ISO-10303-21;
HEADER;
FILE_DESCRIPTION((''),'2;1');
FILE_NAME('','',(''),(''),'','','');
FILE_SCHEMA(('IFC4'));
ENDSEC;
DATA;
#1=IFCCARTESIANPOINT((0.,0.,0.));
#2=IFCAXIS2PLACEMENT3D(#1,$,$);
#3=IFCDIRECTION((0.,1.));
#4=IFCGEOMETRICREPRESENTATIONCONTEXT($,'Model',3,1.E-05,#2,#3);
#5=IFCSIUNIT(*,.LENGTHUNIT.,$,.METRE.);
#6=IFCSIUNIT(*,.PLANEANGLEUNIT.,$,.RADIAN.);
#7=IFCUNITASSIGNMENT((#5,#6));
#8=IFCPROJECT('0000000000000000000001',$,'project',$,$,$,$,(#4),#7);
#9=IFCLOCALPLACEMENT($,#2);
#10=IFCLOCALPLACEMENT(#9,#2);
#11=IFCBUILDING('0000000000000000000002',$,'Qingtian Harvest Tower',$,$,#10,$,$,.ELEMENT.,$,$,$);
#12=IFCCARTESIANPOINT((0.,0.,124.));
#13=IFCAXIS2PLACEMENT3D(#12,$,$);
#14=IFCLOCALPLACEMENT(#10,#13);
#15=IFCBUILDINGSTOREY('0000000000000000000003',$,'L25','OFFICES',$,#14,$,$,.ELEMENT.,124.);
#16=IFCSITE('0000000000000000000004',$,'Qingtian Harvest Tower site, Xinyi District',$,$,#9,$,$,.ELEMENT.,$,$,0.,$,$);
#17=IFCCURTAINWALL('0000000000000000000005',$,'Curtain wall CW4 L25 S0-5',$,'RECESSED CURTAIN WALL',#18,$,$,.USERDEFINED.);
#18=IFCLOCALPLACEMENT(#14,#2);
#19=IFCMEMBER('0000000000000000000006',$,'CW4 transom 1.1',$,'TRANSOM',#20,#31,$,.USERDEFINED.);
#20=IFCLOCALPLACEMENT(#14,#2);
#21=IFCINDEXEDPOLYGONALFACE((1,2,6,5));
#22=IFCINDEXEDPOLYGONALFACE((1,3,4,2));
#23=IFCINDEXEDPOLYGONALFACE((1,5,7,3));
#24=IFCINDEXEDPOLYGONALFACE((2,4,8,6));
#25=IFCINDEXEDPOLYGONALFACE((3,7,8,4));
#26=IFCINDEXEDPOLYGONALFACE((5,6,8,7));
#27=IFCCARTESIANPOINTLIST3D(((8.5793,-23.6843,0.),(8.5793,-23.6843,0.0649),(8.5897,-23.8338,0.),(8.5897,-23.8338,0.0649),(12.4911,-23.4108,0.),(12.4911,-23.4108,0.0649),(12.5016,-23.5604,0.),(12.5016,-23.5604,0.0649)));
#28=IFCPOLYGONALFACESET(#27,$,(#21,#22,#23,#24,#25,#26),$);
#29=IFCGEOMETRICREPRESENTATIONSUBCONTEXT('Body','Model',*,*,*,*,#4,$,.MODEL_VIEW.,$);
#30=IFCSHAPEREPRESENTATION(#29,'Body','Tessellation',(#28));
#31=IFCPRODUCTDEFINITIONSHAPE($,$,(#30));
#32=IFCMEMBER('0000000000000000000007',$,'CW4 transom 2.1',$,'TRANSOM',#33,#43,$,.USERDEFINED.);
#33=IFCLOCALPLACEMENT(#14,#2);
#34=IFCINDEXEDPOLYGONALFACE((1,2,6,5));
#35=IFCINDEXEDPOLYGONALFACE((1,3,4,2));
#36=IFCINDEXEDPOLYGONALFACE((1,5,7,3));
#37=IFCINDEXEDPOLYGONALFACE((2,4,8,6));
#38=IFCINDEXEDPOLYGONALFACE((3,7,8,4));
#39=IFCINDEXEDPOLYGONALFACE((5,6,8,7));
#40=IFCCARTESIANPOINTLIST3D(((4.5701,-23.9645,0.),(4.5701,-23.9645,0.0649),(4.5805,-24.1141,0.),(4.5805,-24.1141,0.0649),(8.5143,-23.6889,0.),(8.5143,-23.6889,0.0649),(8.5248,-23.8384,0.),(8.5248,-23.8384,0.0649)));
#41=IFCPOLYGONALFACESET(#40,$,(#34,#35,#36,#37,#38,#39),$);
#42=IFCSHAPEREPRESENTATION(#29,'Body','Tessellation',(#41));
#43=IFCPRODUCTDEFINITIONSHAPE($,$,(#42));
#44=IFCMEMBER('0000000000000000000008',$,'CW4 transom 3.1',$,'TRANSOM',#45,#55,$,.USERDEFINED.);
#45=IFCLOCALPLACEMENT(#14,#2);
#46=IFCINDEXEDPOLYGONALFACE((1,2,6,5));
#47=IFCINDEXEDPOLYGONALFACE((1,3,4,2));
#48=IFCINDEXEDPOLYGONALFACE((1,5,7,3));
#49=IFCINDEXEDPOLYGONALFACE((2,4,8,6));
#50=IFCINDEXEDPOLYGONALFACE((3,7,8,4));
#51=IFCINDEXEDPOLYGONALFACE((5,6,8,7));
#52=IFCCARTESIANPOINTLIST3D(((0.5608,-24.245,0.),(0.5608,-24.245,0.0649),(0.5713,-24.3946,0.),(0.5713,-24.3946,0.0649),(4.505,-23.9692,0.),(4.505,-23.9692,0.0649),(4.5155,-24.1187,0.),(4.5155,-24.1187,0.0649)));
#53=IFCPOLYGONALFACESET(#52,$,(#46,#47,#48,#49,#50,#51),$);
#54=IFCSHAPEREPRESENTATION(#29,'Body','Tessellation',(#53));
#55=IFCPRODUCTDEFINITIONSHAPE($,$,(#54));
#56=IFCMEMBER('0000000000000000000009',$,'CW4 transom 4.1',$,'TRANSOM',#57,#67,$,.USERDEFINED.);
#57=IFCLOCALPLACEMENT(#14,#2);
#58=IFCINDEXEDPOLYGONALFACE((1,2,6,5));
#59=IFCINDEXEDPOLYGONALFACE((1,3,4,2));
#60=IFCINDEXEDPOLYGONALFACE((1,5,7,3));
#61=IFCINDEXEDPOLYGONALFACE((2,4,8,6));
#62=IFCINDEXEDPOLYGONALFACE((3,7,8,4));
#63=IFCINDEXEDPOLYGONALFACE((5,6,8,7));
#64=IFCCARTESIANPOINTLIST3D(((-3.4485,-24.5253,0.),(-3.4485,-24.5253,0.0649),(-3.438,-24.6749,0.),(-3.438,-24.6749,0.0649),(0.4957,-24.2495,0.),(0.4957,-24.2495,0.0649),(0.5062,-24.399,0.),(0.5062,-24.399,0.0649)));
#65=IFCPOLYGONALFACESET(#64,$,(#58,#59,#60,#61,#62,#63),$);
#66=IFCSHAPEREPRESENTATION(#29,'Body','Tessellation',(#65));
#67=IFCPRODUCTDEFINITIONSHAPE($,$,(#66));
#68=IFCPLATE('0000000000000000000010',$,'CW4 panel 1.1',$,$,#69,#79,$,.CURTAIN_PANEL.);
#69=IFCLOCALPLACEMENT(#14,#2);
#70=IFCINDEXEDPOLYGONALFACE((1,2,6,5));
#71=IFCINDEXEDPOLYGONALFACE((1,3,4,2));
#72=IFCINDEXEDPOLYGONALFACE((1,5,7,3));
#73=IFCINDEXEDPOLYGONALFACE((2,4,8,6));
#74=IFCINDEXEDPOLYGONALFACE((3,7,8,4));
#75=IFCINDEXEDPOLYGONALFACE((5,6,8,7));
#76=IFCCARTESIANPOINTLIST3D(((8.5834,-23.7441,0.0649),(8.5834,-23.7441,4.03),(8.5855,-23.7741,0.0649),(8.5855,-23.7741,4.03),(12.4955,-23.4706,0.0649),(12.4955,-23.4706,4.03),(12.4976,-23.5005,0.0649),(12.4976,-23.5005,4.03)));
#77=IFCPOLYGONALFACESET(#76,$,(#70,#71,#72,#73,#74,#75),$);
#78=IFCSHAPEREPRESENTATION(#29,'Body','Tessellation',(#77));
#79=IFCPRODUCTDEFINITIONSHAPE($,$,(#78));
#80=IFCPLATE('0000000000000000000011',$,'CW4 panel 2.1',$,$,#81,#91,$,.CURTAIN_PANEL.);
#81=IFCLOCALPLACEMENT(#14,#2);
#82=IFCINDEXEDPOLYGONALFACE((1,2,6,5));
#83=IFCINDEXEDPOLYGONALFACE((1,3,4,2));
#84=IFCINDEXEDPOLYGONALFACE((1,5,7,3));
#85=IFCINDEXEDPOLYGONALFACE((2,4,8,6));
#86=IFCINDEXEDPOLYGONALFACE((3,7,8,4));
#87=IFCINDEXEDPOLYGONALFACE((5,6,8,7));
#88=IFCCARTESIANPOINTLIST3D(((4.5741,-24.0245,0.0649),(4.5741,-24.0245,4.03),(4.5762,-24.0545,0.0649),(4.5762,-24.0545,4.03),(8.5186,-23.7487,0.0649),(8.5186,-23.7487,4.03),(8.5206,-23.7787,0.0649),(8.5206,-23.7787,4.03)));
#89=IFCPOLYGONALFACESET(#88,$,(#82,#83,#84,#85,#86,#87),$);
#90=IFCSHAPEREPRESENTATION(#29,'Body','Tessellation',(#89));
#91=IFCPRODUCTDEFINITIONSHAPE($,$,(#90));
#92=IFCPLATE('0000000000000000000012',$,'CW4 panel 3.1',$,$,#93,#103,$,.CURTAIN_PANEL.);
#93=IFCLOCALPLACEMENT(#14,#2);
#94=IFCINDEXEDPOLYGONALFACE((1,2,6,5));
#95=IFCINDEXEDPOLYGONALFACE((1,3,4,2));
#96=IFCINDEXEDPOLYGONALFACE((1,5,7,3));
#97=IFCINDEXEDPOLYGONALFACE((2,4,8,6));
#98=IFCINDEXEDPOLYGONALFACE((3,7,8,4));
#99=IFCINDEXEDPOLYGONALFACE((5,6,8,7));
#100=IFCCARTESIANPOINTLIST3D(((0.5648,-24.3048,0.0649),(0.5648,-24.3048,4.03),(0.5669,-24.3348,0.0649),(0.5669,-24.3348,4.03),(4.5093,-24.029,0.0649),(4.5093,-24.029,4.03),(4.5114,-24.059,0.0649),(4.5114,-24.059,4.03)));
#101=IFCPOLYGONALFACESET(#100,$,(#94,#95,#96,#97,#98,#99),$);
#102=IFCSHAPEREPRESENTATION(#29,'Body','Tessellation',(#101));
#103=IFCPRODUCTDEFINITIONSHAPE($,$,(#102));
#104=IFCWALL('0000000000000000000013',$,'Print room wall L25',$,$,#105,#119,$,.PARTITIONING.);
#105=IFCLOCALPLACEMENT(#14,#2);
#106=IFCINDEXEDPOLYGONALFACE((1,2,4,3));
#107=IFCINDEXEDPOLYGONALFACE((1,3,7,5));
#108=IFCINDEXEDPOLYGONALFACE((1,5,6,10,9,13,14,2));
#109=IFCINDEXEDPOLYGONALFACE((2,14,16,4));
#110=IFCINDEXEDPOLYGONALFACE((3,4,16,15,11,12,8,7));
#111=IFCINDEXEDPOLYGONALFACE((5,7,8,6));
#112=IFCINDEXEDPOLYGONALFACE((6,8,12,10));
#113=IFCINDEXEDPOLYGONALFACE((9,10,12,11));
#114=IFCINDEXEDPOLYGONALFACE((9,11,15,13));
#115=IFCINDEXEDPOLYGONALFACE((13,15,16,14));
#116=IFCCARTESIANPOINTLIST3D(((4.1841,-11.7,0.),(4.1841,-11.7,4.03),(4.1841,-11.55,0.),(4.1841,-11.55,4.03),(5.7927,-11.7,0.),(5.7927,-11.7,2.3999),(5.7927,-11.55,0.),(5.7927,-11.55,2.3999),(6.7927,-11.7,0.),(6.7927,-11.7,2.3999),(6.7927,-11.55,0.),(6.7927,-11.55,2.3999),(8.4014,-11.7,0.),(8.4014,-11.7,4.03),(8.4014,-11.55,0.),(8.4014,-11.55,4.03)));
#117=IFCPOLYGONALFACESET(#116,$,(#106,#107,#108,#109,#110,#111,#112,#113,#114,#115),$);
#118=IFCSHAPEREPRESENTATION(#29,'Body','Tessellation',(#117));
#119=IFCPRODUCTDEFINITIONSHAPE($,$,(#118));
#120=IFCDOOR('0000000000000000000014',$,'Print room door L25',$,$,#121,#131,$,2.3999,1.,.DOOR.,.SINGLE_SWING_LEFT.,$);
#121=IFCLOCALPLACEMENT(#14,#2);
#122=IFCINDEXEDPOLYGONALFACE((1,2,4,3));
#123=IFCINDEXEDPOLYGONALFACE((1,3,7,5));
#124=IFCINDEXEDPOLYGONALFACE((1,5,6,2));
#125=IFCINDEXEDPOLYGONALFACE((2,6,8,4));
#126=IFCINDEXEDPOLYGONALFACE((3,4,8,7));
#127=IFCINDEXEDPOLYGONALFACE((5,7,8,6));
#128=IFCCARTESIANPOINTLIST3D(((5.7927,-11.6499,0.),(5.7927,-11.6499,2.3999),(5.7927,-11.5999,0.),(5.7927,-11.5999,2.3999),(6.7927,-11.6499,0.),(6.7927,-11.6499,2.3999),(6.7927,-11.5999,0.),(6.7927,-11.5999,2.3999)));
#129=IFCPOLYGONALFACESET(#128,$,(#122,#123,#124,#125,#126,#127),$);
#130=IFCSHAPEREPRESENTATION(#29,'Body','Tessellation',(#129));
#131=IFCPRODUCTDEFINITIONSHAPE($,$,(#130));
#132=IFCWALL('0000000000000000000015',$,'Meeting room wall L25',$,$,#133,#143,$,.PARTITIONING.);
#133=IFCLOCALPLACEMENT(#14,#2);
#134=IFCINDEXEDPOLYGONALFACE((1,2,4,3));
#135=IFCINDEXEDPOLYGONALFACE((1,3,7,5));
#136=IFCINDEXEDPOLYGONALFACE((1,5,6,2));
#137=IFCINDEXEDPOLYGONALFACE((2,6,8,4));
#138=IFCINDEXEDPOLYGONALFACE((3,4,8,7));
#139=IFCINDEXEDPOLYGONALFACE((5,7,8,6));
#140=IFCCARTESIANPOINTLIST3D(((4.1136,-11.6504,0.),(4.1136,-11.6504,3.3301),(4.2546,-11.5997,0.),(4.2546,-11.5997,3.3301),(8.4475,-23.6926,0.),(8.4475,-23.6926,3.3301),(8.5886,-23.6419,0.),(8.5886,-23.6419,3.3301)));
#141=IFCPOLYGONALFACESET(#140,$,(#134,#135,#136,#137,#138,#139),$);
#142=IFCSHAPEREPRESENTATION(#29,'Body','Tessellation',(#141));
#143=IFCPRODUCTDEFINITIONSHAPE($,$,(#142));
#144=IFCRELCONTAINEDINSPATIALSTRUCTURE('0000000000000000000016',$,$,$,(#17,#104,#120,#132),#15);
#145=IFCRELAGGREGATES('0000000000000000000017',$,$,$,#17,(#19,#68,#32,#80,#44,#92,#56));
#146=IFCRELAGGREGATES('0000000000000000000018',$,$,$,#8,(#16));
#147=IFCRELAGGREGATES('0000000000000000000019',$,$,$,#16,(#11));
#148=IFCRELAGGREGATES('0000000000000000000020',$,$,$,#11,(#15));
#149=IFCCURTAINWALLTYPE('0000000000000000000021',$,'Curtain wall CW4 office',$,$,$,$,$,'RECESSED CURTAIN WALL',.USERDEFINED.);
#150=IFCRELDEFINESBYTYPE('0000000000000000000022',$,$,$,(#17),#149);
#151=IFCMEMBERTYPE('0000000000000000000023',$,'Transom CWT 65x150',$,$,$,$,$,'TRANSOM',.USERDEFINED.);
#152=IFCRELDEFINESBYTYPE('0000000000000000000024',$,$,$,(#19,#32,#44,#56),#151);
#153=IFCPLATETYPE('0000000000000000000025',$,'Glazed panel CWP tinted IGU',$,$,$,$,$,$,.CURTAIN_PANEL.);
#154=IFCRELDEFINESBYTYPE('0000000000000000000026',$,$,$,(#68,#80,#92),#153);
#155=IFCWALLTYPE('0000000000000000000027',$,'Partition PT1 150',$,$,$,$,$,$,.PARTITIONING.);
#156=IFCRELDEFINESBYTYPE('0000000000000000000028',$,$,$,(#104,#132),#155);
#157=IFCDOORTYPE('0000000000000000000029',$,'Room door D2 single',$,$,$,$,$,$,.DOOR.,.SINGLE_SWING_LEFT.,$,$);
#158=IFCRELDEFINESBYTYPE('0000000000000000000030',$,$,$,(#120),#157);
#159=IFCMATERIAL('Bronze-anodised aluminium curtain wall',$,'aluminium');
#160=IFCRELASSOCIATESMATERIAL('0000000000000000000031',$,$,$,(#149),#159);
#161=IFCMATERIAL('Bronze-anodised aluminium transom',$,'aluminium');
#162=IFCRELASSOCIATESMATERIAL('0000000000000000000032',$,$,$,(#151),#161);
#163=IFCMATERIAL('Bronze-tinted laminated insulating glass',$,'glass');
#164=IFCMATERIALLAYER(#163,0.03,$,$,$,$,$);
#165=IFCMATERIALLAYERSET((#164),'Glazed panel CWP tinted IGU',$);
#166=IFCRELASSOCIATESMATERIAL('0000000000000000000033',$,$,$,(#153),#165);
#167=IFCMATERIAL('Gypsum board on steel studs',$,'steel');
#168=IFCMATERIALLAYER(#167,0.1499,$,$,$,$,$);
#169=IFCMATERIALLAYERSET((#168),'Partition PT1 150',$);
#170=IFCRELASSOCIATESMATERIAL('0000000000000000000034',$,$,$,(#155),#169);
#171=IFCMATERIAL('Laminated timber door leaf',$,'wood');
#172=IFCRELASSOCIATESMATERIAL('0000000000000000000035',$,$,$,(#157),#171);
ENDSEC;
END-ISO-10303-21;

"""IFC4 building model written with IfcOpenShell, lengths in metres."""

from ifc_helpers import new_model, si_unit, direction, frame, frame_2d, origin, origin_2d, place, context, subcontext, project, spatial, rectangle, extrude, material, layer, layer_set, material_profile, profile_set, type_object, element, fill, aggregate, save


model = new_model("IFC4")

# Units and contexts
model_context = context("Model", 3, precision=1e-05, world=origin(), true_north=direction((0.0, 1.0)))
body_context = subcontext(model_context, "Body", "Model", "MODEL_VIEW")
ifc_project = project(units=[si_unit("LENGTHUNIT", "METRE"), si_unit("PLANEANGLEUNIT", "RADIAN")], contexts=[model_context])

# Site, building, storey
site_placement = place(None, origin())
site = spatial("IfcSite", under=ifc_project, at=site_placement, Name="Qingtian Harvest Tower site, Xinyi District", CompositionType="ELEMENT", RefElevation=0.0)
building_placement = place(site_placement, origin())
building = spatial("IfcBuilding", under=site, at=building_placement, Name="Qingtian Harvest Tower", CompositionType="ELEMENT")
storey_placement = place(building_placement, frame((0.0, 0.0, 124.0)))
storey = spatial("IfcBuildingStorey", under=building, at=storey_placement, Name="L25", Description="OFFICES", CompositionType="ELEMENT", Elevation=124.0)

# Shared definitions
ifc_material_1 = material(Name="Bronze-anodised aluminium curtain wall", Category="aluminium")
curtain_wall_type = type_object("IfcCurtainWallType", Name="Curtain wall CW4 office", ElementType="RECESSED CURTAIN WALL", PredefinedType="USERDEFINED", material=ifc_material_1)

# Curtain wall
curtain_wall_1_placement = place(storey_placement, origin())
curtain_wall_1 = element("IfcCurtainWall", 1, at=curtain_wall_1_placement, inside=storey, type_object=curtain_wall_type, Name="Curtain wall CW4 L25 S0-5", ObjectType="RECESSED CURTAIN WALL", PredefinedType="USERDEFINED")

# Members
ifc_material_2 = material(Name="Bronze-anodised aluminium transom", Category="aluminium")
ifc_material_profile_1 = material_profile(ifc_material_2, rectangle(XDim=0.1499, YDim=0.0649, at=origin_2d()), Name="AL 65x150")
ifc_profile_set_1 = profile_set([ifc_material_profile_1], Name="Bronze-anodised aluminium transom")
member_type_1 = type_object("IfcMemberType", Name="Transom CWT 65x150", ElementType="TRANSOM", PredefinedType="USERDEFINED", material=ifc_profile_set_1)
member_1_placement = place(storey_placement, frame((12.4963, -23.4856, 0.0325), z_axis=(-0.997566, -0.069729, 0.0), x_axis=(0.069729, -0.997566, 0.0)))
member_1 = element("IfcMember", 2, at=member_1_placement, type_object=member_type_1, Name="CW4 transom 1.1", ObjectType="TRANSOM", PredefinedType="USERDEFINED", context=body_context, shape_type="SweptSolid", body=[
    extrude(rectangle(XDim=0.1499, YDim=0.0649, at=origin_2d()), origin(), (0.0, 0.0, 1.0), 3.9214),
])
member_2_placement = place(storey_placement, frame((8.5195, -23.7637, 0.0325), z_axis=(-0.997567, -0.069711, 0.0), x_axis=(0.069711, -0.997567, 0.0)))
member_2 = element("IfcMember", 3, at=member_2_placement, type_object=member_type_1, Name="CW4 transom 2.1", ObjectType="TRANSOM", PredefinedType="USERDEFINED", context=body_context, shape_type="SweptSolid", body=[
    extrude(rectangle(XDim=0.1499, YDim=0.0649, at=origin_2d()), origin(), (0.0, 0.0, 1.0), 3.9539),
])
member_3_placement = place(storey_placement, frame((4.5103, -24.0439, 0.0325), z_axis=(-0.997563, -0.069773, 0.0), x_axis=(0.069773, -0.997563, 0.0)))
member_3 = element("IfcMember", 4, at=member_3_placement, type_object=member_type_1, Name="CW4 transom 3.1", ObjectType="TRANSOM", PredefinedType="USERDEFINED", context=body_context, shape_type="SweptSolid", body=[
    extrude(rectangle(XDim=0.1499, YDim=0.0649, at=origin_2d()), origin(), (0.0, 0.0, 1.0), 3.9539),
])
member_4_placement = place(storey_placement, frame((0.501, -24.3242, 0.0325), z_axis=(-0.997563, -0.069773, 0.0), x_axis=(0.069773, -0.997563, 0.0)))
member_4 = element("IfcMember", 5, at=member_4_placement, type_object=member_type_1, Name="CW4 transom 4.1", ObjectType="TRANSOM", PredefinedType="USERDEFINED", context=body_context, shape_type="SweptSolid", body=[
    extrude(rectangle(XDim=0.1499, YDim=0.0649, at=origin_2d()), origin(), (0.0, 0.0, 1.0), 3.9539),
])

# Plates
ifc_material_3 = material(Name="Bronze-tinted laminated insulating glass", Category="glass")
ifc_layer_1 = layer(ifc_material_3, 0.03)
ifc_layer_set_1 = layer_set([ifc_layer_1], Name="Glazed panel CWP tinted IGU")
plate_type = type_object("IfcPlateType", Name="Glazed panel CWP tinted IGU", PredefinedType="CURTAIN_PANEL", material=ifc_layer_set_1)
plate_1_placement = place(storey_placement, frame((10.5405, -23.6223, 0.0649), z_axis=(0.0, 0.0, 1.0), x_axis=(-0.997564, -0.069756, 0.0)))
plate_1 = element("IfcPlate", 6, at=plate_1_placement, type_object=plate_type, Name="CW4 panel 1.1", PredefinedType="CURTAIN_PANEL", context=body_context, shape_type="SweptSolid", body=[
    extrude(rectangle(XDim=3.9216, YDim=0.03, at=origin_2d()), origin(), (0.0, 0.0, 1.0), 3.9651),
])
plate_2_placement = place(storey_placement, frame((6.5474, -23.9016, 0.0649), z_axis=(0.0, 0.0, 1.0), x_axis=(-0.997564, -0.069756, 0.0)))
plate_2 = element("IfcPlate", 7, at=plate_2_placement, type_object=plate_type, Name="CW4 panel 2.1", PredefinedType="CURTAIN_PANEL", context=body_context, shape_type="SweptSolid", body=[
    extrude(rectangle(XDim=3.9541, YDim=0.03, at=origin_2d()), origin(), (0.0, 0.0, 1.0), 3.9651),
])
plate_3_placement = place(storey_placement, frame((2.5381, -24.1819, 0.0649), z_axis=(0.0, 0.0, 1.0), x_axis=(-0.997564, -0.069756, 0.0)))
plate_3 = element("IfcPlate", 8, at=plate_3_placement, type_object=plate_type, Name="CW4 panel 3.1", PredefinedType="CURTAIN_PANEL", context=body_context, shape_type="SweptSolid", body=[
    extrude(rectangle(XDim=3.9541, YDim=0.03, at=origin_2d()), origin(), (0.0, 0.0, 1.0), 3.9651),
])
aggregate(curtain_wall_1, [member_1, plate_1, member_2, plate_2, member_3, plate_3, member_4])

# Wall, opening, door
ifc_material_4 = material(Name="Gypsum board on steel studs", Category="steel")
ifc_layer_2 = layer(ifc_material_4, 0.1499)
ifc_layer_set_2 = layer_set([ifc_layer_2], Name="Partition PT1 150")
wall_type = type_object("IfcWallType", Name="Partition PT1 150", PredefinedType="PARTITIONING", material=ifc_layer_set_2)
wall_1_placement = place(storey_placement, frame((8.4014, -11.625, 0.0), z_axis=(0.0, 0.0, 1.0), x_axis=(-1.0, 0.0, 0.0)))
wall_1 = element("IfcWall", 9, at=wall_1_placement, inside=storey, type_object=wall_type, Name="Print room wall L25", PredefinedType="PARTITIONING", context=body_context, shape_type="SweptSolid", body=[
    extrude(rectangle(XDim=4.2173, YDim=0.1499, at=frame_2d((2.1086, 0.0))), origin(), (0.0, 0.0, 1.0), 4.03),
])
opening_1_placement = place(wall_1_placement, frame((1.6086, 0.0, 0.0)))
opening_1 = element("IfcOpeningElement", 10, at=opening_1_placement, cuts=wall_1, PredefinedType="OPENING", context=body_context, shape_type="SweptSolid", body=[
    extrude(rectangle(XDim=1.0, YDim=2.3999, at=frame_2d((0.5, 1.2))), frame((0.0, 0.085, 0.0), z_axis=(0.0, -1.0, 0.0), x_axis=(1.0, 0.0, 0.0)), (0.0, 0.0, 1.0), 0.1699),
])
ifc_material_5 = material(Name="Laminated timber door leaf", Category="wood")
door_type_1 = type_object("IfcDoorType", Name="Room door D2 single", OperationType="SINGLE_SWING_LEFT", PredefinedType="DOOR", material=ifc_material_5)
door_1_placement = place(opening_1_placement, origin())
door_1 = element("IfcDoor", 11, at=door_1_placement, inside=storey, type_object=door_type_1, Name="Print room door L25", OperationType="SINGLE_SWING_LEFT", OverallHeight=2.3999, OverallWidth=1.0, PredefinedType="DOOR", context=body_context, shape_type="SweptSolid", body=[
    extrude(rectangle(XDim=1.0, YDim=2.3999, at=frame_2d((0.5, 1.2))), frame((0.0, 0.0249, 0.0), z_axis=(0.0, -1.0, 0.0), x_axis=(1.0, 0.0, 0.0)), (0.0, 0.0, 1.0), 0.05),
])
fill(opening_1, door_1)

# Wall
wall_2_placement = place(storey_placement, frame((8.5181, -23.6672, 0.0), z_axis=(0.0, 0.0, 1.0), x_axis=(-0.338635, 0.940918, 0.0)))
element("IfcWall", 12, at=wall_2_placement, inside=storey, type_object=wall_type, Name="Meeting room wall L25", PredefinedType="PARTITIONING", context=body_context, shape_type="SweptSolid", body=[
    extrude(rectangle(XDim=12.7983, YDim=0.1499, at=frame_2d((6.3992, 0.0))), origin(), (0.0, 0.0, 1.0), 3.3301),
])

save(model, "model.ifc")
